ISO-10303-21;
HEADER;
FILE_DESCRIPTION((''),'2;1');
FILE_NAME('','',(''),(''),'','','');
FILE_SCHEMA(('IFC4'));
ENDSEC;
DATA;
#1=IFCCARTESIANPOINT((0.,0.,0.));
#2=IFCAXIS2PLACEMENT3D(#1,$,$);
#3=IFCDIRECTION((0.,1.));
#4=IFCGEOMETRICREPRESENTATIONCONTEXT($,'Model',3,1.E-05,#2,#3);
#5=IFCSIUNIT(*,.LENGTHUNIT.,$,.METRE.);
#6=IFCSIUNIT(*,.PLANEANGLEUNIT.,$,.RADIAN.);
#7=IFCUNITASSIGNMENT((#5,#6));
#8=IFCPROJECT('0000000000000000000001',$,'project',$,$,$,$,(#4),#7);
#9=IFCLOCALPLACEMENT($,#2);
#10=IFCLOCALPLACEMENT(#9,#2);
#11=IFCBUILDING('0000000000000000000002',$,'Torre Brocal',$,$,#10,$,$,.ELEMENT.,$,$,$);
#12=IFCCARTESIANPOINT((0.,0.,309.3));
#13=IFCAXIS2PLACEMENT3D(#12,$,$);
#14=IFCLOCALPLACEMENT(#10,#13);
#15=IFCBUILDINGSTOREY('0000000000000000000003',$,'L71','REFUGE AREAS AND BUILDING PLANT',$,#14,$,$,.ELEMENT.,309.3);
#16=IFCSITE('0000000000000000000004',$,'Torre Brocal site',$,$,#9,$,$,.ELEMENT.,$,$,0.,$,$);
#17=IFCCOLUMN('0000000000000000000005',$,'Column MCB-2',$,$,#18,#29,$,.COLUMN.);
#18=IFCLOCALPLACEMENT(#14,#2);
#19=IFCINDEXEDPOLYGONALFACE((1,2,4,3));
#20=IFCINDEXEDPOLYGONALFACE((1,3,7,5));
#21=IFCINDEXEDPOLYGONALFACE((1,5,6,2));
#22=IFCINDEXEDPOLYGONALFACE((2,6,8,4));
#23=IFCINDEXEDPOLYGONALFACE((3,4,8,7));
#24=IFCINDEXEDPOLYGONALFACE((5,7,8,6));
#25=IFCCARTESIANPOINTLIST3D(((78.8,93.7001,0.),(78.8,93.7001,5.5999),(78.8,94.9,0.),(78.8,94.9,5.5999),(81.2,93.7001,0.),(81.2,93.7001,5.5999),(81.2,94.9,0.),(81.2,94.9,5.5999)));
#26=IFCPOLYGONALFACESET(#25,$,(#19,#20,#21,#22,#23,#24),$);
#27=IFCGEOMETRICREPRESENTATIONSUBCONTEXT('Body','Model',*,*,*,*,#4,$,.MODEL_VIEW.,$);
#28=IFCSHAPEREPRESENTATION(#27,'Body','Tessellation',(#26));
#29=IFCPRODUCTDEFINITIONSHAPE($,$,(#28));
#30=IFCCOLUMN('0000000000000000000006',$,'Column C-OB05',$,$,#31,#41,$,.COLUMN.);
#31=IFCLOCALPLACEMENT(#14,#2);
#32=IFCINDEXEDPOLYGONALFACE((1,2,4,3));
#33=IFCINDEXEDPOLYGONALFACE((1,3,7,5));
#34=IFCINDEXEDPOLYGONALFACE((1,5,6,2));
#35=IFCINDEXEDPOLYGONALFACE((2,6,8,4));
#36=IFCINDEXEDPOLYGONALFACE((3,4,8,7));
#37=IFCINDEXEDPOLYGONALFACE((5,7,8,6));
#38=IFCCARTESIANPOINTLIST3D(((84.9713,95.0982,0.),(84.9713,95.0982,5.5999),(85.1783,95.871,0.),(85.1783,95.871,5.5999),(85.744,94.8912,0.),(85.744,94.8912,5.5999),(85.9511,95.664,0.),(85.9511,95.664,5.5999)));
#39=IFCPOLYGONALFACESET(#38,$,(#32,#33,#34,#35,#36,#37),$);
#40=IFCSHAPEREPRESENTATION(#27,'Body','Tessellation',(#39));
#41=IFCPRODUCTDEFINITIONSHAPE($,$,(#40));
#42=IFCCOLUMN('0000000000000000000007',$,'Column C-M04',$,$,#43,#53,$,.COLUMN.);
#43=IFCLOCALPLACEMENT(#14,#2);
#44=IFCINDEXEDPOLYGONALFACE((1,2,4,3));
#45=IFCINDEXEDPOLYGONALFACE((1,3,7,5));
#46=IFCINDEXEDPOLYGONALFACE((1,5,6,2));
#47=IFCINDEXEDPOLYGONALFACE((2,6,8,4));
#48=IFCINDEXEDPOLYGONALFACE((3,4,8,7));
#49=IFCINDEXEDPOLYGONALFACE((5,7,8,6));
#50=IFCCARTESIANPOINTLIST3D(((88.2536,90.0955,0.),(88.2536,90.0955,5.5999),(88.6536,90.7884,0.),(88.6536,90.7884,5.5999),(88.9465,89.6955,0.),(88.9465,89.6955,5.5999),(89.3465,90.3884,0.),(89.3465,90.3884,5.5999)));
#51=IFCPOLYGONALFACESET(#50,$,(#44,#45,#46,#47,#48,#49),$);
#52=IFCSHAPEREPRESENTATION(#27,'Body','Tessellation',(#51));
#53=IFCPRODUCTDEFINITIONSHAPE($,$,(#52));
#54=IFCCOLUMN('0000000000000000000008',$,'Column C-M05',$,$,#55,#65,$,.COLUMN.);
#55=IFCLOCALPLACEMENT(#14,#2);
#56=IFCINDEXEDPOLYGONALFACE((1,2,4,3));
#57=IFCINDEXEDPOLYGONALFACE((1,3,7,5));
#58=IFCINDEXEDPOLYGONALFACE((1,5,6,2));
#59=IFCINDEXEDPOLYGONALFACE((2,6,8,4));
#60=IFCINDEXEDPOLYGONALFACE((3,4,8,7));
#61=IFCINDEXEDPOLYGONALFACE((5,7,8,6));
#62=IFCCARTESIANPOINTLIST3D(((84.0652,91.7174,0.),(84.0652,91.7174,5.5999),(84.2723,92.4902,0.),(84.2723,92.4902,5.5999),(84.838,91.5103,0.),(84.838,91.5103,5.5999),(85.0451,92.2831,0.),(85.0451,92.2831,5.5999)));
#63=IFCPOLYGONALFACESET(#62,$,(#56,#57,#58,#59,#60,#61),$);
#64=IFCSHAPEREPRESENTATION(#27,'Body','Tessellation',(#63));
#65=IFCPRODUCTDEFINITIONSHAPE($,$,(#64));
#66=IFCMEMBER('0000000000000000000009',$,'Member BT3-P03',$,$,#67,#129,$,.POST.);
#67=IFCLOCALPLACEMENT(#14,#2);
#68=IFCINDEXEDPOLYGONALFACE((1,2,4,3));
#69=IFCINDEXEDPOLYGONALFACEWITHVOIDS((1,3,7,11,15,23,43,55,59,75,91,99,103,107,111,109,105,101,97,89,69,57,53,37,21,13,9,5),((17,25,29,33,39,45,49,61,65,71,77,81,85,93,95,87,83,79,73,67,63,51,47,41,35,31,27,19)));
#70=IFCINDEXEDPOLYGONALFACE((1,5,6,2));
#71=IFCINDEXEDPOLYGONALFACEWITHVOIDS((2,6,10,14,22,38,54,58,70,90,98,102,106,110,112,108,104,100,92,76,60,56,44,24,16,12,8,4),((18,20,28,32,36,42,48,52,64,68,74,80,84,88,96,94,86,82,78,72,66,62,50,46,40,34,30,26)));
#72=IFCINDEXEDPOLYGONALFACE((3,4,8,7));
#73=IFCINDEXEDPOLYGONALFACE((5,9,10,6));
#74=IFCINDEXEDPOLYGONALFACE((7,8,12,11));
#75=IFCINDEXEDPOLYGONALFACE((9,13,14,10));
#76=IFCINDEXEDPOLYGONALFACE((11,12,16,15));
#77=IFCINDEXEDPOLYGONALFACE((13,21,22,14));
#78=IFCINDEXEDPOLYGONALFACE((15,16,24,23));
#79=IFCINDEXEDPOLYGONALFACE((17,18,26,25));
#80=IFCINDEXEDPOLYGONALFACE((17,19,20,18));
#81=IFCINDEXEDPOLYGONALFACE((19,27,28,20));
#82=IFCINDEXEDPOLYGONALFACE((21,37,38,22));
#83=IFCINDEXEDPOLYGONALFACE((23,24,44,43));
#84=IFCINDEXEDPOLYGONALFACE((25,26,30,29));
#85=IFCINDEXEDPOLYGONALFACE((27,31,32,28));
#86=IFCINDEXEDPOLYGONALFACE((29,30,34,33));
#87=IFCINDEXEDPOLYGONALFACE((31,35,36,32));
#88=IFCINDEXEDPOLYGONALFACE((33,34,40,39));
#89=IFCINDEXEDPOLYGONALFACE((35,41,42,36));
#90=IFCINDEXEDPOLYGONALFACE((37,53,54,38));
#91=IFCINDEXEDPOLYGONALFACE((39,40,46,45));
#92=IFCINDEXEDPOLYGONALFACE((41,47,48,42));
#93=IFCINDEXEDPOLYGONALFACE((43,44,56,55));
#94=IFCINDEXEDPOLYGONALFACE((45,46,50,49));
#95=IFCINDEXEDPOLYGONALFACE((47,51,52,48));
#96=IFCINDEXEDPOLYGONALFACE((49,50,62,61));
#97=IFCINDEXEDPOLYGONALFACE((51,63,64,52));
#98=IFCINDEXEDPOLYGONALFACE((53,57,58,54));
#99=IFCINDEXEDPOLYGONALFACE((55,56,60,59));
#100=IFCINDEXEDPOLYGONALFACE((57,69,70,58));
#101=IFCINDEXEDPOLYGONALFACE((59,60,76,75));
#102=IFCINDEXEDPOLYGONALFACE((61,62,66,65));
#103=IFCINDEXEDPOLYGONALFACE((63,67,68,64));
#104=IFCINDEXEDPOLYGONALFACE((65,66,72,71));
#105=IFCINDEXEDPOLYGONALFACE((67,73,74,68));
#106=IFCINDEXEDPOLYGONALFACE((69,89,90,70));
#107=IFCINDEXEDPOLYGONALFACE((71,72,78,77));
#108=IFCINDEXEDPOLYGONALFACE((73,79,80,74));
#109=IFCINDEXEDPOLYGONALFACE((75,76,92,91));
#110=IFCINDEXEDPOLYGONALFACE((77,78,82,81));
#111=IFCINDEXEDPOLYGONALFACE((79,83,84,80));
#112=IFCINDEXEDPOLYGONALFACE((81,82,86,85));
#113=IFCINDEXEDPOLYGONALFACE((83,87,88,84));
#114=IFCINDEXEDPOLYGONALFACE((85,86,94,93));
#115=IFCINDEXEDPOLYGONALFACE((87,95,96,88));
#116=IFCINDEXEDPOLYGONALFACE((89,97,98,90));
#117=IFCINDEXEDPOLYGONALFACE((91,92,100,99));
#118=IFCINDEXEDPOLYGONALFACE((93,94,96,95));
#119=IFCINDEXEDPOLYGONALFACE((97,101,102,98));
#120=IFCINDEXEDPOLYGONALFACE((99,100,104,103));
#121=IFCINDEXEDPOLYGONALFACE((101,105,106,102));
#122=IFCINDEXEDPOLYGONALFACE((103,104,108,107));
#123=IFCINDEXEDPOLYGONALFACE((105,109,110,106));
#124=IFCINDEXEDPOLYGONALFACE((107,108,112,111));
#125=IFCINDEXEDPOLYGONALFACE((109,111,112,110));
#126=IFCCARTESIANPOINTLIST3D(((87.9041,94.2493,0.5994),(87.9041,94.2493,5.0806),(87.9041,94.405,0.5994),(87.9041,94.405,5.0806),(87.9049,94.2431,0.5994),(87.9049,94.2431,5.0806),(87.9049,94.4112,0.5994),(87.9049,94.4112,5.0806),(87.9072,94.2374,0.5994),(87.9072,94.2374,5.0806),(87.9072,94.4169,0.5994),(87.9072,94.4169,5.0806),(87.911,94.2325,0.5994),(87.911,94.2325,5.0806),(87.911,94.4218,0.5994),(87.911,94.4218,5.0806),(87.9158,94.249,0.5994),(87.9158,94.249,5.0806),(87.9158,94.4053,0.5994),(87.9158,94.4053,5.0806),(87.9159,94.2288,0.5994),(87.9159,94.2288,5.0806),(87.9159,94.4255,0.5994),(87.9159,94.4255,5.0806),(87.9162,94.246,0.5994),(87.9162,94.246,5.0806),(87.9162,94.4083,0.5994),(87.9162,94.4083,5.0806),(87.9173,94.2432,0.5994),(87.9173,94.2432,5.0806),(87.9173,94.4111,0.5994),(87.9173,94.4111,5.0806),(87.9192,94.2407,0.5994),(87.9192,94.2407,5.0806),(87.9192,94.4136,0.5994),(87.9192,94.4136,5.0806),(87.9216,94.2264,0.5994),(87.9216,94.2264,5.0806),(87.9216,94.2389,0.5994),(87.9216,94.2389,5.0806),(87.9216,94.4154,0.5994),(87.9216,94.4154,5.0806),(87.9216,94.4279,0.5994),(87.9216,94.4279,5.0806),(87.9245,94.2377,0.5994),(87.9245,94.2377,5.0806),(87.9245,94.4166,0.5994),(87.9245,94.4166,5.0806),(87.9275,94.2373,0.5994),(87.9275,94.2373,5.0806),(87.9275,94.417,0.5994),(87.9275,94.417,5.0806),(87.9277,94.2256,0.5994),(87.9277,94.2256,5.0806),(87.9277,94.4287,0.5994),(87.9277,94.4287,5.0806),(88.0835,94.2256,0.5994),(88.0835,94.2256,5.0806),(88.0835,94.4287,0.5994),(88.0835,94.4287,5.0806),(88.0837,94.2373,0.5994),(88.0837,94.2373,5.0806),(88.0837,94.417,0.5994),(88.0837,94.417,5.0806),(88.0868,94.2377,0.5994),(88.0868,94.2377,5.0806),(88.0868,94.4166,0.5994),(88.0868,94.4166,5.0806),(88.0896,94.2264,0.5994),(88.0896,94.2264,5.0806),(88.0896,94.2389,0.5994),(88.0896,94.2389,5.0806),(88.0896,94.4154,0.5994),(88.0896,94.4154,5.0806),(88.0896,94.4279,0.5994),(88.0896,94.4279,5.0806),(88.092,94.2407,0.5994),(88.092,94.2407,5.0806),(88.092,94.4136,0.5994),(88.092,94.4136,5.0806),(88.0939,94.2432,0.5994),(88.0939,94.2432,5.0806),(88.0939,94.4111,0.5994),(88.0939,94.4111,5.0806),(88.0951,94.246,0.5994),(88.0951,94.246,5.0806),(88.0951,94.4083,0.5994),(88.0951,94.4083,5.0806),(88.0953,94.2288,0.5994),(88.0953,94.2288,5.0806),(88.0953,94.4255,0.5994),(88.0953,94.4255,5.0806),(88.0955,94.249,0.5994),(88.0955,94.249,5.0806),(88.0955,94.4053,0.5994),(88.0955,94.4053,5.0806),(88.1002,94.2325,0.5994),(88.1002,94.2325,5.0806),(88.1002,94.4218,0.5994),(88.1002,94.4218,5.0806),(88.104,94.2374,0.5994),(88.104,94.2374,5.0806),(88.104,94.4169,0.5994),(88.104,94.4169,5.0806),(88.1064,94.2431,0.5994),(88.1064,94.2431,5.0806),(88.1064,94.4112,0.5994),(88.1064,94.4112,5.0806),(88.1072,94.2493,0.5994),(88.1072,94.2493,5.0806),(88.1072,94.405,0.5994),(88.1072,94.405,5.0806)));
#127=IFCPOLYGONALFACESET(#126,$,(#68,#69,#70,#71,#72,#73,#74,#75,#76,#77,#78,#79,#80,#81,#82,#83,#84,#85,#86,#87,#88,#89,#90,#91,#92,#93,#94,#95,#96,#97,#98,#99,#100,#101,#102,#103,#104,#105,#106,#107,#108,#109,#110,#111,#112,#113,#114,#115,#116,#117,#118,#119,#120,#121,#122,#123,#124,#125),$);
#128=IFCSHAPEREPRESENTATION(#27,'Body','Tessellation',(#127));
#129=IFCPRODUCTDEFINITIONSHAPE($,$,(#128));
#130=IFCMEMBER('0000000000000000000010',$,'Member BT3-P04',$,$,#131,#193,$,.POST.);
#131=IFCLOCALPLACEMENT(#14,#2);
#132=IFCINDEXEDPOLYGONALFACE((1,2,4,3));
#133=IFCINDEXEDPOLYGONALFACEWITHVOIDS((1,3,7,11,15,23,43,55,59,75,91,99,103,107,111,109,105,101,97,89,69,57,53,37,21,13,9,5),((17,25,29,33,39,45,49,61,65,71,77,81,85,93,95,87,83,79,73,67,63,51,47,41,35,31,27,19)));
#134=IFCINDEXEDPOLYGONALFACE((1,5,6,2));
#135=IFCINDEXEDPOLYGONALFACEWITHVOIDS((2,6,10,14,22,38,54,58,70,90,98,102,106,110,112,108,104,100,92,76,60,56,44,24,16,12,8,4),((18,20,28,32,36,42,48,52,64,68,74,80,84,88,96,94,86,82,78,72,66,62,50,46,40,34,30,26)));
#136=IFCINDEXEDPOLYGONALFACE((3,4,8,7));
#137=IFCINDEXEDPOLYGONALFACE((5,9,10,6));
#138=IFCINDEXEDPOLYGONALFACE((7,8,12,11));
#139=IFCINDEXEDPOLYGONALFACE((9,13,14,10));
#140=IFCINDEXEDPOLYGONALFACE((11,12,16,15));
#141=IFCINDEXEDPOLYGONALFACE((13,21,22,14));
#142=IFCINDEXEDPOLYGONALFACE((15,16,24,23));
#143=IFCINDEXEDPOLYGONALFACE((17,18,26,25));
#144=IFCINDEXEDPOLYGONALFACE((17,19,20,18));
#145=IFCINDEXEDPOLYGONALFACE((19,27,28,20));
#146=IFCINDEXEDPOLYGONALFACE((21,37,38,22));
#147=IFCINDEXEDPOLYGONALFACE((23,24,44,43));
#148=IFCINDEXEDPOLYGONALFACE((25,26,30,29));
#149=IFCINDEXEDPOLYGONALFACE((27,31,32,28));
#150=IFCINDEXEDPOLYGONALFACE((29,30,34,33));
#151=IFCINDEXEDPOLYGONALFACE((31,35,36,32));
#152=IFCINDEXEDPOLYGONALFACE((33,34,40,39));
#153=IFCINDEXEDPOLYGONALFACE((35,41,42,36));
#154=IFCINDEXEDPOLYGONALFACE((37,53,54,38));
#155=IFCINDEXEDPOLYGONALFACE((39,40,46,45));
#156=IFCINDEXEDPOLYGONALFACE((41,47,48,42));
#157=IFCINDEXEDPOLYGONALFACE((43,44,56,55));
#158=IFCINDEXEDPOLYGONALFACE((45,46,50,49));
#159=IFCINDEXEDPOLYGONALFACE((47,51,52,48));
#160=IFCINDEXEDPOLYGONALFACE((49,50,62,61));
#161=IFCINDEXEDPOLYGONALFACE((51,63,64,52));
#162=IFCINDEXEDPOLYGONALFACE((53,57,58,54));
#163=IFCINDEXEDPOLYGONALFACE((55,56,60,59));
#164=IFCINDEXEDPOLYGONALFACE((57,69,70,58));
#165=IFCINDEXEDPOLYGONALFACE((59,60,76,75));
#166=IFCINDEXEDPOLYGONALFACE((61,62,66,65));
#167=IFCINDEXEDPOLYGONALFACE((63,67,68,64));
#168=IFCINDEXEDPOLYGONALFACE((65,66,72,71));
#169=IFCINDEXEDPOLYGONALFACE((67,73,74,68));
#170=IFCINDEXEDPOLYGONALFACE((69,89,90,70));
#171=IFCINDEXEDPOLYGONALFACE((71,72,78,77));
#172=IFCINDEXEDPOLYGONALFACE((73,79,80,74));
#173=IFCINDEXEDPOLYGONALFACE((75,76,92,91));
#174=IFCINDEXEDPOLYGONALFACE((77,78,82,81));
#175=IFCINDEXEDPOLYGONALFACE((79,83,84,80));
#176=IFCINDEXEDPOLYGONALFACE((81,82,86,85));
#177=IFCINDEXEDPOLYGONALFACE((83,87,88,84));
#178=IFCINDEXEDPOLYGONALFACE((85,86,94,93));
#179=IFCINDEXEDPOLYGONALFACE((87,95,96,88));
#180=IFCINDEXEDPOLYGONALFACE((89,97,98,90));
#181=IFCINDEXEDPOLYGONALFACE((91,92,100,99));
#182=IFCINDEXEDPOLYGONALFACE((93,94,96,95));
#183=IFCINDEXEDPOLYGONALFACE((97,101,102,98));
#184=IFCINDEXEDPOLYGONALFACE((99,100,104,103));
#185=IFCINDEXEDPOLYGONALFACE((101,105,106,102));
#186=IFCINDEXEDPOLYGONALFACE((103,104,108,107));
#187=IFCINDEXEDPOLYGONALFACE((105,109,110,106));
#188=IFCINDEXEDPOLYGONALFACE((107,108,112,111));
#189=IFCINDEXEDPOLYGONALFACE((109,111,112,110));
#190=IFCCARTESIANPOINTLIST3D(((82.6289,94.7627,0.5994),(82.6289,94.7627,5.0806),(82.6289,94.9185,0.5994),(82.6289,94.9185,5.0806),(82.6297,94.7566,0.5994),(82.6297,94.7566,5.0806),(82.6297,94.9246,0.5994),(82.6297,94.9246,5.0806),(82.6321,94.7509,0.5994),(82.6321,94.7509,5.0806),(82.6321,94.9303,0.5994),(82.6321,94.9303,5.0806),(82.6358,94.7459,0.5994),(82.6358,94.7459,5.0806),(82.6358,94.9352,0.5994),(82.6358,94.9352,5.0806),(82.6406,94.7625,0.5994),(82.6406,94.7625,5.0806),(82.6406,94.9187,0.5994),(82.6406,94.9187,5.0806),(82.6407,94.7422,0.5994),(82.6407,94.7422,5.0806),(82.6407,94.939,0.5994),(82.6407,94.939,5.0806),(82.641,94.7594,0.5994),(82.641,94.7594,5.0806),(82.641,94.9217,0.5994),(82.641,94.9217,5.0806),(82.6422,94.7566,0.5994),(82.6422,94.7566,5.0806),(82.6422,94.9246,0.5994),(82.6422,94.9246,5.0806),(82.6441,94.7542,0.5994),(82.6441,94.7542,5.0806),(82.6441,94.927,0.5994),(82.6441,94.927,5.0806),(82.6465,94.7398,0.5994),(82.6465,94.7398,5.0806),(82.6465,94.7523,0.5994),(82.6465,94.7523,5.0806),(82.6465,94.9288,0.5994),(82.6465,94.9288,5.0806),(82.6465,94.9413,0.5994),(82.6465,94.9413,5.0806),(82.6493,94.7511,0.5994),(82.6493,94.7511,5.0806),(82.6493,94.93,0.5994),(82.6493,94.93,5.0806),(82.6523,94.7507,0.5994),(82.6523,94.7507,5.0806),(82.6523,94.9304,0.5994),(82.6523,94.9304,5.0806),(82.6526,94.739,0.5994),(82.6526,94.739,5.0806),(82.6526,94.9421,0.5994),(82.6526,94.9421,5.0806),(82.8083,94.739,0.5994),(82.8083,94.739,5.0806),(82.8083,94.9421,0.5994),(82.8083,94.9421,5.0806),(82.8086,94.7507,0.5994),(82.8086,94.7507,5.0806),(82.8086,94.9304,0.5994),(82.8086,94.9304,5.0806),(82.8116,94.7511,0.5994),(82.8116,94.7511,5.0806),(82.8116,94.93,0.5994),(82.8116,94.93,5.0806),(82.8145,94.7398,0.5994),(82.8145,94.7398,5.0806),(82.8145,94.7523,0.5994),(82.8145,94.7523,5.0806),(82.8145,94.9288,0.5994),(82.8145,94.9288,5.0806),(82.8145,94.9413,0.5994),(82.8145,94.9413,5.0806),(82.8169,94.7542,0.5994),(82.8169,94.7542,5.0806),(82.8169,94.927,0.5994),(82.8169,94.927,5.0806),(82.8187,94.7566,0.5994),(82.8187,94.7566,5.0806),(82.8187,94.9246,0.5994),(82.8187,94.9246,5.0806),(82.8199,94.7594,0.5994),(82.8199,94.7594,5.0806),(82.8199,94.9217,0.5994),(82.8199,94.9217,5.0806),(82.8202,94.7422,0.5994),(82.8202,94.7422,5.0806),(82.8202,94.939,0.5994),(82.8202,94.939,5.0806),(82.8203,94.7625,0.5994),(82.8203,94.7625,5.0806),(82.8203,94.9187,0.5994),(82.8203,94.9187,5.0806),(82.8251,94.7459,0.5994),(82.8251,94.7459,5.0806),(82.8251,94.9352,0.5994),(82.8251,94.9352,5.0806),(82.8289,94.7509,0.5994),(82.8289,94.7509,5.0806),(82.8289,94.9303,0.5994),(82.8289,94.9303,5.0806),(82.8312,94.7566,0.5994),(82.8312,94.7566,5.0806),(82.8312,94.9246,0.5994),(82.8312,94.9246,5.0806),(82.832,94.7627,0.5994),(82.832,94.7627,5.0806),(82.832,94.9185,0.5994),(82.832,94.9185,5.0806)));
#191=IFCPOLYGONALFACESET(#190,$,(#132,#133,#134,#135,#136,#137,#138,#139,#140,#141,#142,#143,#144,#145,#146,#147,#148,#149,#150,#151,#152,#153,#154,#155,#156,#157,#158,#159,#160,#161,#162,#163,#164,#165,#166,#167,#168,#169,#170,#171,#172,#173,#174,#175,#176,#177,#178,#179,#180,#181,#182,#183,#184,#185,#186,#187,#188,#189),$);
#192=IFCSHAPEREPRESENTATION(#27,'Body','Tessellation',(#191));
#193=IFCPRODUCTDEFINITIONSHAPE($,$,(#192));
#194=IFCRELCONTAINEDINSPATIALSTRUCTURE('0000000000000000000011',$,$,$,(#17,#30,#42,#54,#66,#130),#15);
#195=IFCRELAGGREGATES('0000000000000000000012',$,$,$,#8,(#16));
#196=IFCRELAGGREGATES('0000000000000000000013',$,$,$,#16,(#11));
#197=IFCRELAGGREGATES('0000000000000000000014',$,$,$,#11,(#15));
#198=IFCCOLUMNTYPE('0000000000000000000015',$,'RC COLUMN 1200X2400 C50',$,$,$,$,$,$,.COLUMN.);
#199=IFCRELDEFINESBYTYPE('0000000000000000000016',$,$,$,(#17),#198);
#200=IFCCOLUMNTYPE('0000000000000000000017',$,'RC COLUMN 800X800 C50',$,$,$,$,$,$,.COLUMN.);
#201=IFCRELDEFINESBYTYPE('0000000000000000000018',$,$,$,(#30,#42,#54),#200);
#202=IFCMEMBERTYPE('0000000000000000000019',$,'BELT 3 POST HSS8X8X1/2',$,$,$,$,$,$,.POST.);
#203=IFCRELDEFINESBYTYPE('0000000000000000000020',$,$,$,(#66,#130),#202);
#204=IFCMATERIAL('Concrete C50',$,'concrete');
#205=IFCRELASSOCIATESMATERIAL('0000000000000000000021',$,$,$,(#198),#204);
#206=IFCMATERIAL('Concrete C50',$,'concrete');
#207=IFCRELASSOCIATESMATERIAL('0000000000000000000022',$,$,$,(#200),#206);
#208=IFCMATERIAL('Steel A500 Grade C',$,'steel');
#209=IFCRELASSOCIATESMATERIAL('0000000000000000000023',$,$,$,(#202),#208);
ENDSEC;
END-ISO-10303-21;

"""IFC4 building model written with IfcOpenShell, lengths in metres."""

from ifc_helpers import new_model, si_unit, direction, frame, origin, origin_2d, place, context, subcontext, project, spatial, rectangle, hollow_rectangle, extrude, material, material_profile, profile_set, type_object, element, save


model = new_model("IFC4")

# Units and contexts
model_context = context("Model", 3, precision=1e-05, world=origin(), true_north=direction((0.0, 1.0)))
body_context = subcontext(model_context, "Body", "Model", "MODEL_VIEW")
ifc_project = project(units=[si_unit("LENGTHUNIT", "METRE"), si_unit("PLANEANGLEUNIT", "RADIAN")], contexts=[model_context])

# Site, building, storey
site_placement = place(None, origin())
site = spatial("IfcSite", under=ifc_project, at=site_placement, Name="Torre Brocal site", CompositionType="ELEMENT", RefElevation=0.0)
building_placement = place(site_placement, origin())
building = spatial("IfcBuilding", under=site, at=building_placement, Name="Torre Brocal", CompositionType="ELEMENT")
storey_placement = place(building_placement, frame((0.0, 0.0, 309.3)))
storey = spatial("IfcBuildingStorey", under=building, at=storey_placement, Name="L71", Description="REFUGE AREAS AND BUILDING PLANT", CompositionType="ELEMENT", Elevation=309.3)

# Columns
ifc_material_1 = material(Name="Concrete C50", Category="concrete")
ifc_material_profile_1 = material_profile(ifc_material_1, rectangle(XDim=1.2, YDim=2.3999, at=origin_2d()), Name="RC 1200X2400")
ifc_profile_set_1 = profile_set([ifc_material_profile_1], Name="Concrete C50")
column_type_1 = type_object("IfcColumnType", Name="RC COLUMN 1200X2400 C50", PredefinedType="COLUMN", material=ifc_profile_set_1)
column_placement = place(storey_placement, frame((80.0, 94.3, 0.0), z_axis=(0.0, 0.0, 1.0), x_axis=(0.0, 1.0, 0.0)))
element("IfcColumn", 1, at=column_placement, inside=storey, type_object=column_type_1, Name="Column MCB-2", PredefinedType="COLUMN", context=body_context, shape_type="SweptSolid", body=[
    extrude(rectangle(XDim=1.2, YDim=2.3999, at=origin_2d()), origin(), (0.0, 0.0, 1.0), 5.5999),
])
ifc_material_2 = material(Name="Concrete C50", Category="concrete")
ifc_material_profile_2 = material_profile(ifc_material_2, rectangle(XDim=0.8, YDim=0.8, at=origin_2d()), Name="RC 800X800")
ifc_profile_set_2 = profile_set([ifc_material_profile_2], Name="Concrete C50")
column_type_2 = type_object("IfcColumnType", Name="RC COLUMN 800X800 C50", PredefinedType="COLUMN", material=ifc_profile_set_2)
for number, where, z_axis, x_axis, name in (
    (2, (85.4612, 95.3811, 0.0), (0.0, 0.0, 1.0), (0.258819, 0.965926, 0.0), "Column C-OB05"),
    (3, (88.8, 90.2419, 0.0), (0.0, 0.0, 1.0), (0.5, 0.866025, 0.0), "Column C-M04"),
    (4, (84.5552, 92.0002, 0.0), (0.0, 0.0, 1.0), (0.258819, 0.965926, 0.0), "Column C-M05"),
):
    element("IfcColumn", number, at=place(storey_placement, frame(where, z_axis=z_axis, x_axis=x_axis)), inside=storey, type_object=column_type_2, Name=name, PredefinedType="COLUMN", context=body_context, shape_type="SweptSolid", body=[
        extrude(rectangle(XDim=0.8, YDim=0.8, at=origin_2d()), origin(), (0.0, 0.0, 1.0), 5.5999),
    ])

# Members
ifc_material_3 = material(Name="Steel A500 Grade C", Category="steel")
ifc_material_profile_3 = material_profile(ifc_material_3, hollow_rectangle(XDim=0.2031, YDim=0.2031, WallThickness=0.0117, InnerFilletRadius=0.0117, OuterFilletRadius=0.0237, at=origin_2d()), Name="HSS8X8X1/2")
ifc_profile_set_3 = profile_set([ifc_material_profile_3], Name="Steel A500 Grade C")
member_type_1 = type_object("IfcMemberType", Name="BELT 3 POST HSS8X8X1/2", PredefinedType="POST", material=ifc_profile_set_3)
for number, where, z_axis, x_axis, name in (
    (5, (88.0056, 94.3271, 0.5994), (0.0, 0.0, 1.0), (1.0, 0.0, 0.0), "Member BT3-P03"),
    (6, (82.7305, 94.8406, 0.5994), (0.0, 0.0, 1.0), (1.0, 0.0, 0.0), "Member BT3-P04"),
):
    element("IfcMember", number, at=place(storey_placement, frame(where, z_axis=z_axis, x_axis=x_axis)), inside=storey, type_object=member_type_1, Name=name, PredefinedType="POST", context=body_context, shape_type="SweptSolid", body=[
        extrude(hollow_rectangle(XDim=0.2031, YDim=0.2031, WallThickness=0.0117, InnerFilletRadius=0.0117, OuterFilletRadius=0.0237, at=origin_2d()), origin(), (0.0, 0.0, 1.0), 4.4812),
    ])

save(model, "model.ifc")
